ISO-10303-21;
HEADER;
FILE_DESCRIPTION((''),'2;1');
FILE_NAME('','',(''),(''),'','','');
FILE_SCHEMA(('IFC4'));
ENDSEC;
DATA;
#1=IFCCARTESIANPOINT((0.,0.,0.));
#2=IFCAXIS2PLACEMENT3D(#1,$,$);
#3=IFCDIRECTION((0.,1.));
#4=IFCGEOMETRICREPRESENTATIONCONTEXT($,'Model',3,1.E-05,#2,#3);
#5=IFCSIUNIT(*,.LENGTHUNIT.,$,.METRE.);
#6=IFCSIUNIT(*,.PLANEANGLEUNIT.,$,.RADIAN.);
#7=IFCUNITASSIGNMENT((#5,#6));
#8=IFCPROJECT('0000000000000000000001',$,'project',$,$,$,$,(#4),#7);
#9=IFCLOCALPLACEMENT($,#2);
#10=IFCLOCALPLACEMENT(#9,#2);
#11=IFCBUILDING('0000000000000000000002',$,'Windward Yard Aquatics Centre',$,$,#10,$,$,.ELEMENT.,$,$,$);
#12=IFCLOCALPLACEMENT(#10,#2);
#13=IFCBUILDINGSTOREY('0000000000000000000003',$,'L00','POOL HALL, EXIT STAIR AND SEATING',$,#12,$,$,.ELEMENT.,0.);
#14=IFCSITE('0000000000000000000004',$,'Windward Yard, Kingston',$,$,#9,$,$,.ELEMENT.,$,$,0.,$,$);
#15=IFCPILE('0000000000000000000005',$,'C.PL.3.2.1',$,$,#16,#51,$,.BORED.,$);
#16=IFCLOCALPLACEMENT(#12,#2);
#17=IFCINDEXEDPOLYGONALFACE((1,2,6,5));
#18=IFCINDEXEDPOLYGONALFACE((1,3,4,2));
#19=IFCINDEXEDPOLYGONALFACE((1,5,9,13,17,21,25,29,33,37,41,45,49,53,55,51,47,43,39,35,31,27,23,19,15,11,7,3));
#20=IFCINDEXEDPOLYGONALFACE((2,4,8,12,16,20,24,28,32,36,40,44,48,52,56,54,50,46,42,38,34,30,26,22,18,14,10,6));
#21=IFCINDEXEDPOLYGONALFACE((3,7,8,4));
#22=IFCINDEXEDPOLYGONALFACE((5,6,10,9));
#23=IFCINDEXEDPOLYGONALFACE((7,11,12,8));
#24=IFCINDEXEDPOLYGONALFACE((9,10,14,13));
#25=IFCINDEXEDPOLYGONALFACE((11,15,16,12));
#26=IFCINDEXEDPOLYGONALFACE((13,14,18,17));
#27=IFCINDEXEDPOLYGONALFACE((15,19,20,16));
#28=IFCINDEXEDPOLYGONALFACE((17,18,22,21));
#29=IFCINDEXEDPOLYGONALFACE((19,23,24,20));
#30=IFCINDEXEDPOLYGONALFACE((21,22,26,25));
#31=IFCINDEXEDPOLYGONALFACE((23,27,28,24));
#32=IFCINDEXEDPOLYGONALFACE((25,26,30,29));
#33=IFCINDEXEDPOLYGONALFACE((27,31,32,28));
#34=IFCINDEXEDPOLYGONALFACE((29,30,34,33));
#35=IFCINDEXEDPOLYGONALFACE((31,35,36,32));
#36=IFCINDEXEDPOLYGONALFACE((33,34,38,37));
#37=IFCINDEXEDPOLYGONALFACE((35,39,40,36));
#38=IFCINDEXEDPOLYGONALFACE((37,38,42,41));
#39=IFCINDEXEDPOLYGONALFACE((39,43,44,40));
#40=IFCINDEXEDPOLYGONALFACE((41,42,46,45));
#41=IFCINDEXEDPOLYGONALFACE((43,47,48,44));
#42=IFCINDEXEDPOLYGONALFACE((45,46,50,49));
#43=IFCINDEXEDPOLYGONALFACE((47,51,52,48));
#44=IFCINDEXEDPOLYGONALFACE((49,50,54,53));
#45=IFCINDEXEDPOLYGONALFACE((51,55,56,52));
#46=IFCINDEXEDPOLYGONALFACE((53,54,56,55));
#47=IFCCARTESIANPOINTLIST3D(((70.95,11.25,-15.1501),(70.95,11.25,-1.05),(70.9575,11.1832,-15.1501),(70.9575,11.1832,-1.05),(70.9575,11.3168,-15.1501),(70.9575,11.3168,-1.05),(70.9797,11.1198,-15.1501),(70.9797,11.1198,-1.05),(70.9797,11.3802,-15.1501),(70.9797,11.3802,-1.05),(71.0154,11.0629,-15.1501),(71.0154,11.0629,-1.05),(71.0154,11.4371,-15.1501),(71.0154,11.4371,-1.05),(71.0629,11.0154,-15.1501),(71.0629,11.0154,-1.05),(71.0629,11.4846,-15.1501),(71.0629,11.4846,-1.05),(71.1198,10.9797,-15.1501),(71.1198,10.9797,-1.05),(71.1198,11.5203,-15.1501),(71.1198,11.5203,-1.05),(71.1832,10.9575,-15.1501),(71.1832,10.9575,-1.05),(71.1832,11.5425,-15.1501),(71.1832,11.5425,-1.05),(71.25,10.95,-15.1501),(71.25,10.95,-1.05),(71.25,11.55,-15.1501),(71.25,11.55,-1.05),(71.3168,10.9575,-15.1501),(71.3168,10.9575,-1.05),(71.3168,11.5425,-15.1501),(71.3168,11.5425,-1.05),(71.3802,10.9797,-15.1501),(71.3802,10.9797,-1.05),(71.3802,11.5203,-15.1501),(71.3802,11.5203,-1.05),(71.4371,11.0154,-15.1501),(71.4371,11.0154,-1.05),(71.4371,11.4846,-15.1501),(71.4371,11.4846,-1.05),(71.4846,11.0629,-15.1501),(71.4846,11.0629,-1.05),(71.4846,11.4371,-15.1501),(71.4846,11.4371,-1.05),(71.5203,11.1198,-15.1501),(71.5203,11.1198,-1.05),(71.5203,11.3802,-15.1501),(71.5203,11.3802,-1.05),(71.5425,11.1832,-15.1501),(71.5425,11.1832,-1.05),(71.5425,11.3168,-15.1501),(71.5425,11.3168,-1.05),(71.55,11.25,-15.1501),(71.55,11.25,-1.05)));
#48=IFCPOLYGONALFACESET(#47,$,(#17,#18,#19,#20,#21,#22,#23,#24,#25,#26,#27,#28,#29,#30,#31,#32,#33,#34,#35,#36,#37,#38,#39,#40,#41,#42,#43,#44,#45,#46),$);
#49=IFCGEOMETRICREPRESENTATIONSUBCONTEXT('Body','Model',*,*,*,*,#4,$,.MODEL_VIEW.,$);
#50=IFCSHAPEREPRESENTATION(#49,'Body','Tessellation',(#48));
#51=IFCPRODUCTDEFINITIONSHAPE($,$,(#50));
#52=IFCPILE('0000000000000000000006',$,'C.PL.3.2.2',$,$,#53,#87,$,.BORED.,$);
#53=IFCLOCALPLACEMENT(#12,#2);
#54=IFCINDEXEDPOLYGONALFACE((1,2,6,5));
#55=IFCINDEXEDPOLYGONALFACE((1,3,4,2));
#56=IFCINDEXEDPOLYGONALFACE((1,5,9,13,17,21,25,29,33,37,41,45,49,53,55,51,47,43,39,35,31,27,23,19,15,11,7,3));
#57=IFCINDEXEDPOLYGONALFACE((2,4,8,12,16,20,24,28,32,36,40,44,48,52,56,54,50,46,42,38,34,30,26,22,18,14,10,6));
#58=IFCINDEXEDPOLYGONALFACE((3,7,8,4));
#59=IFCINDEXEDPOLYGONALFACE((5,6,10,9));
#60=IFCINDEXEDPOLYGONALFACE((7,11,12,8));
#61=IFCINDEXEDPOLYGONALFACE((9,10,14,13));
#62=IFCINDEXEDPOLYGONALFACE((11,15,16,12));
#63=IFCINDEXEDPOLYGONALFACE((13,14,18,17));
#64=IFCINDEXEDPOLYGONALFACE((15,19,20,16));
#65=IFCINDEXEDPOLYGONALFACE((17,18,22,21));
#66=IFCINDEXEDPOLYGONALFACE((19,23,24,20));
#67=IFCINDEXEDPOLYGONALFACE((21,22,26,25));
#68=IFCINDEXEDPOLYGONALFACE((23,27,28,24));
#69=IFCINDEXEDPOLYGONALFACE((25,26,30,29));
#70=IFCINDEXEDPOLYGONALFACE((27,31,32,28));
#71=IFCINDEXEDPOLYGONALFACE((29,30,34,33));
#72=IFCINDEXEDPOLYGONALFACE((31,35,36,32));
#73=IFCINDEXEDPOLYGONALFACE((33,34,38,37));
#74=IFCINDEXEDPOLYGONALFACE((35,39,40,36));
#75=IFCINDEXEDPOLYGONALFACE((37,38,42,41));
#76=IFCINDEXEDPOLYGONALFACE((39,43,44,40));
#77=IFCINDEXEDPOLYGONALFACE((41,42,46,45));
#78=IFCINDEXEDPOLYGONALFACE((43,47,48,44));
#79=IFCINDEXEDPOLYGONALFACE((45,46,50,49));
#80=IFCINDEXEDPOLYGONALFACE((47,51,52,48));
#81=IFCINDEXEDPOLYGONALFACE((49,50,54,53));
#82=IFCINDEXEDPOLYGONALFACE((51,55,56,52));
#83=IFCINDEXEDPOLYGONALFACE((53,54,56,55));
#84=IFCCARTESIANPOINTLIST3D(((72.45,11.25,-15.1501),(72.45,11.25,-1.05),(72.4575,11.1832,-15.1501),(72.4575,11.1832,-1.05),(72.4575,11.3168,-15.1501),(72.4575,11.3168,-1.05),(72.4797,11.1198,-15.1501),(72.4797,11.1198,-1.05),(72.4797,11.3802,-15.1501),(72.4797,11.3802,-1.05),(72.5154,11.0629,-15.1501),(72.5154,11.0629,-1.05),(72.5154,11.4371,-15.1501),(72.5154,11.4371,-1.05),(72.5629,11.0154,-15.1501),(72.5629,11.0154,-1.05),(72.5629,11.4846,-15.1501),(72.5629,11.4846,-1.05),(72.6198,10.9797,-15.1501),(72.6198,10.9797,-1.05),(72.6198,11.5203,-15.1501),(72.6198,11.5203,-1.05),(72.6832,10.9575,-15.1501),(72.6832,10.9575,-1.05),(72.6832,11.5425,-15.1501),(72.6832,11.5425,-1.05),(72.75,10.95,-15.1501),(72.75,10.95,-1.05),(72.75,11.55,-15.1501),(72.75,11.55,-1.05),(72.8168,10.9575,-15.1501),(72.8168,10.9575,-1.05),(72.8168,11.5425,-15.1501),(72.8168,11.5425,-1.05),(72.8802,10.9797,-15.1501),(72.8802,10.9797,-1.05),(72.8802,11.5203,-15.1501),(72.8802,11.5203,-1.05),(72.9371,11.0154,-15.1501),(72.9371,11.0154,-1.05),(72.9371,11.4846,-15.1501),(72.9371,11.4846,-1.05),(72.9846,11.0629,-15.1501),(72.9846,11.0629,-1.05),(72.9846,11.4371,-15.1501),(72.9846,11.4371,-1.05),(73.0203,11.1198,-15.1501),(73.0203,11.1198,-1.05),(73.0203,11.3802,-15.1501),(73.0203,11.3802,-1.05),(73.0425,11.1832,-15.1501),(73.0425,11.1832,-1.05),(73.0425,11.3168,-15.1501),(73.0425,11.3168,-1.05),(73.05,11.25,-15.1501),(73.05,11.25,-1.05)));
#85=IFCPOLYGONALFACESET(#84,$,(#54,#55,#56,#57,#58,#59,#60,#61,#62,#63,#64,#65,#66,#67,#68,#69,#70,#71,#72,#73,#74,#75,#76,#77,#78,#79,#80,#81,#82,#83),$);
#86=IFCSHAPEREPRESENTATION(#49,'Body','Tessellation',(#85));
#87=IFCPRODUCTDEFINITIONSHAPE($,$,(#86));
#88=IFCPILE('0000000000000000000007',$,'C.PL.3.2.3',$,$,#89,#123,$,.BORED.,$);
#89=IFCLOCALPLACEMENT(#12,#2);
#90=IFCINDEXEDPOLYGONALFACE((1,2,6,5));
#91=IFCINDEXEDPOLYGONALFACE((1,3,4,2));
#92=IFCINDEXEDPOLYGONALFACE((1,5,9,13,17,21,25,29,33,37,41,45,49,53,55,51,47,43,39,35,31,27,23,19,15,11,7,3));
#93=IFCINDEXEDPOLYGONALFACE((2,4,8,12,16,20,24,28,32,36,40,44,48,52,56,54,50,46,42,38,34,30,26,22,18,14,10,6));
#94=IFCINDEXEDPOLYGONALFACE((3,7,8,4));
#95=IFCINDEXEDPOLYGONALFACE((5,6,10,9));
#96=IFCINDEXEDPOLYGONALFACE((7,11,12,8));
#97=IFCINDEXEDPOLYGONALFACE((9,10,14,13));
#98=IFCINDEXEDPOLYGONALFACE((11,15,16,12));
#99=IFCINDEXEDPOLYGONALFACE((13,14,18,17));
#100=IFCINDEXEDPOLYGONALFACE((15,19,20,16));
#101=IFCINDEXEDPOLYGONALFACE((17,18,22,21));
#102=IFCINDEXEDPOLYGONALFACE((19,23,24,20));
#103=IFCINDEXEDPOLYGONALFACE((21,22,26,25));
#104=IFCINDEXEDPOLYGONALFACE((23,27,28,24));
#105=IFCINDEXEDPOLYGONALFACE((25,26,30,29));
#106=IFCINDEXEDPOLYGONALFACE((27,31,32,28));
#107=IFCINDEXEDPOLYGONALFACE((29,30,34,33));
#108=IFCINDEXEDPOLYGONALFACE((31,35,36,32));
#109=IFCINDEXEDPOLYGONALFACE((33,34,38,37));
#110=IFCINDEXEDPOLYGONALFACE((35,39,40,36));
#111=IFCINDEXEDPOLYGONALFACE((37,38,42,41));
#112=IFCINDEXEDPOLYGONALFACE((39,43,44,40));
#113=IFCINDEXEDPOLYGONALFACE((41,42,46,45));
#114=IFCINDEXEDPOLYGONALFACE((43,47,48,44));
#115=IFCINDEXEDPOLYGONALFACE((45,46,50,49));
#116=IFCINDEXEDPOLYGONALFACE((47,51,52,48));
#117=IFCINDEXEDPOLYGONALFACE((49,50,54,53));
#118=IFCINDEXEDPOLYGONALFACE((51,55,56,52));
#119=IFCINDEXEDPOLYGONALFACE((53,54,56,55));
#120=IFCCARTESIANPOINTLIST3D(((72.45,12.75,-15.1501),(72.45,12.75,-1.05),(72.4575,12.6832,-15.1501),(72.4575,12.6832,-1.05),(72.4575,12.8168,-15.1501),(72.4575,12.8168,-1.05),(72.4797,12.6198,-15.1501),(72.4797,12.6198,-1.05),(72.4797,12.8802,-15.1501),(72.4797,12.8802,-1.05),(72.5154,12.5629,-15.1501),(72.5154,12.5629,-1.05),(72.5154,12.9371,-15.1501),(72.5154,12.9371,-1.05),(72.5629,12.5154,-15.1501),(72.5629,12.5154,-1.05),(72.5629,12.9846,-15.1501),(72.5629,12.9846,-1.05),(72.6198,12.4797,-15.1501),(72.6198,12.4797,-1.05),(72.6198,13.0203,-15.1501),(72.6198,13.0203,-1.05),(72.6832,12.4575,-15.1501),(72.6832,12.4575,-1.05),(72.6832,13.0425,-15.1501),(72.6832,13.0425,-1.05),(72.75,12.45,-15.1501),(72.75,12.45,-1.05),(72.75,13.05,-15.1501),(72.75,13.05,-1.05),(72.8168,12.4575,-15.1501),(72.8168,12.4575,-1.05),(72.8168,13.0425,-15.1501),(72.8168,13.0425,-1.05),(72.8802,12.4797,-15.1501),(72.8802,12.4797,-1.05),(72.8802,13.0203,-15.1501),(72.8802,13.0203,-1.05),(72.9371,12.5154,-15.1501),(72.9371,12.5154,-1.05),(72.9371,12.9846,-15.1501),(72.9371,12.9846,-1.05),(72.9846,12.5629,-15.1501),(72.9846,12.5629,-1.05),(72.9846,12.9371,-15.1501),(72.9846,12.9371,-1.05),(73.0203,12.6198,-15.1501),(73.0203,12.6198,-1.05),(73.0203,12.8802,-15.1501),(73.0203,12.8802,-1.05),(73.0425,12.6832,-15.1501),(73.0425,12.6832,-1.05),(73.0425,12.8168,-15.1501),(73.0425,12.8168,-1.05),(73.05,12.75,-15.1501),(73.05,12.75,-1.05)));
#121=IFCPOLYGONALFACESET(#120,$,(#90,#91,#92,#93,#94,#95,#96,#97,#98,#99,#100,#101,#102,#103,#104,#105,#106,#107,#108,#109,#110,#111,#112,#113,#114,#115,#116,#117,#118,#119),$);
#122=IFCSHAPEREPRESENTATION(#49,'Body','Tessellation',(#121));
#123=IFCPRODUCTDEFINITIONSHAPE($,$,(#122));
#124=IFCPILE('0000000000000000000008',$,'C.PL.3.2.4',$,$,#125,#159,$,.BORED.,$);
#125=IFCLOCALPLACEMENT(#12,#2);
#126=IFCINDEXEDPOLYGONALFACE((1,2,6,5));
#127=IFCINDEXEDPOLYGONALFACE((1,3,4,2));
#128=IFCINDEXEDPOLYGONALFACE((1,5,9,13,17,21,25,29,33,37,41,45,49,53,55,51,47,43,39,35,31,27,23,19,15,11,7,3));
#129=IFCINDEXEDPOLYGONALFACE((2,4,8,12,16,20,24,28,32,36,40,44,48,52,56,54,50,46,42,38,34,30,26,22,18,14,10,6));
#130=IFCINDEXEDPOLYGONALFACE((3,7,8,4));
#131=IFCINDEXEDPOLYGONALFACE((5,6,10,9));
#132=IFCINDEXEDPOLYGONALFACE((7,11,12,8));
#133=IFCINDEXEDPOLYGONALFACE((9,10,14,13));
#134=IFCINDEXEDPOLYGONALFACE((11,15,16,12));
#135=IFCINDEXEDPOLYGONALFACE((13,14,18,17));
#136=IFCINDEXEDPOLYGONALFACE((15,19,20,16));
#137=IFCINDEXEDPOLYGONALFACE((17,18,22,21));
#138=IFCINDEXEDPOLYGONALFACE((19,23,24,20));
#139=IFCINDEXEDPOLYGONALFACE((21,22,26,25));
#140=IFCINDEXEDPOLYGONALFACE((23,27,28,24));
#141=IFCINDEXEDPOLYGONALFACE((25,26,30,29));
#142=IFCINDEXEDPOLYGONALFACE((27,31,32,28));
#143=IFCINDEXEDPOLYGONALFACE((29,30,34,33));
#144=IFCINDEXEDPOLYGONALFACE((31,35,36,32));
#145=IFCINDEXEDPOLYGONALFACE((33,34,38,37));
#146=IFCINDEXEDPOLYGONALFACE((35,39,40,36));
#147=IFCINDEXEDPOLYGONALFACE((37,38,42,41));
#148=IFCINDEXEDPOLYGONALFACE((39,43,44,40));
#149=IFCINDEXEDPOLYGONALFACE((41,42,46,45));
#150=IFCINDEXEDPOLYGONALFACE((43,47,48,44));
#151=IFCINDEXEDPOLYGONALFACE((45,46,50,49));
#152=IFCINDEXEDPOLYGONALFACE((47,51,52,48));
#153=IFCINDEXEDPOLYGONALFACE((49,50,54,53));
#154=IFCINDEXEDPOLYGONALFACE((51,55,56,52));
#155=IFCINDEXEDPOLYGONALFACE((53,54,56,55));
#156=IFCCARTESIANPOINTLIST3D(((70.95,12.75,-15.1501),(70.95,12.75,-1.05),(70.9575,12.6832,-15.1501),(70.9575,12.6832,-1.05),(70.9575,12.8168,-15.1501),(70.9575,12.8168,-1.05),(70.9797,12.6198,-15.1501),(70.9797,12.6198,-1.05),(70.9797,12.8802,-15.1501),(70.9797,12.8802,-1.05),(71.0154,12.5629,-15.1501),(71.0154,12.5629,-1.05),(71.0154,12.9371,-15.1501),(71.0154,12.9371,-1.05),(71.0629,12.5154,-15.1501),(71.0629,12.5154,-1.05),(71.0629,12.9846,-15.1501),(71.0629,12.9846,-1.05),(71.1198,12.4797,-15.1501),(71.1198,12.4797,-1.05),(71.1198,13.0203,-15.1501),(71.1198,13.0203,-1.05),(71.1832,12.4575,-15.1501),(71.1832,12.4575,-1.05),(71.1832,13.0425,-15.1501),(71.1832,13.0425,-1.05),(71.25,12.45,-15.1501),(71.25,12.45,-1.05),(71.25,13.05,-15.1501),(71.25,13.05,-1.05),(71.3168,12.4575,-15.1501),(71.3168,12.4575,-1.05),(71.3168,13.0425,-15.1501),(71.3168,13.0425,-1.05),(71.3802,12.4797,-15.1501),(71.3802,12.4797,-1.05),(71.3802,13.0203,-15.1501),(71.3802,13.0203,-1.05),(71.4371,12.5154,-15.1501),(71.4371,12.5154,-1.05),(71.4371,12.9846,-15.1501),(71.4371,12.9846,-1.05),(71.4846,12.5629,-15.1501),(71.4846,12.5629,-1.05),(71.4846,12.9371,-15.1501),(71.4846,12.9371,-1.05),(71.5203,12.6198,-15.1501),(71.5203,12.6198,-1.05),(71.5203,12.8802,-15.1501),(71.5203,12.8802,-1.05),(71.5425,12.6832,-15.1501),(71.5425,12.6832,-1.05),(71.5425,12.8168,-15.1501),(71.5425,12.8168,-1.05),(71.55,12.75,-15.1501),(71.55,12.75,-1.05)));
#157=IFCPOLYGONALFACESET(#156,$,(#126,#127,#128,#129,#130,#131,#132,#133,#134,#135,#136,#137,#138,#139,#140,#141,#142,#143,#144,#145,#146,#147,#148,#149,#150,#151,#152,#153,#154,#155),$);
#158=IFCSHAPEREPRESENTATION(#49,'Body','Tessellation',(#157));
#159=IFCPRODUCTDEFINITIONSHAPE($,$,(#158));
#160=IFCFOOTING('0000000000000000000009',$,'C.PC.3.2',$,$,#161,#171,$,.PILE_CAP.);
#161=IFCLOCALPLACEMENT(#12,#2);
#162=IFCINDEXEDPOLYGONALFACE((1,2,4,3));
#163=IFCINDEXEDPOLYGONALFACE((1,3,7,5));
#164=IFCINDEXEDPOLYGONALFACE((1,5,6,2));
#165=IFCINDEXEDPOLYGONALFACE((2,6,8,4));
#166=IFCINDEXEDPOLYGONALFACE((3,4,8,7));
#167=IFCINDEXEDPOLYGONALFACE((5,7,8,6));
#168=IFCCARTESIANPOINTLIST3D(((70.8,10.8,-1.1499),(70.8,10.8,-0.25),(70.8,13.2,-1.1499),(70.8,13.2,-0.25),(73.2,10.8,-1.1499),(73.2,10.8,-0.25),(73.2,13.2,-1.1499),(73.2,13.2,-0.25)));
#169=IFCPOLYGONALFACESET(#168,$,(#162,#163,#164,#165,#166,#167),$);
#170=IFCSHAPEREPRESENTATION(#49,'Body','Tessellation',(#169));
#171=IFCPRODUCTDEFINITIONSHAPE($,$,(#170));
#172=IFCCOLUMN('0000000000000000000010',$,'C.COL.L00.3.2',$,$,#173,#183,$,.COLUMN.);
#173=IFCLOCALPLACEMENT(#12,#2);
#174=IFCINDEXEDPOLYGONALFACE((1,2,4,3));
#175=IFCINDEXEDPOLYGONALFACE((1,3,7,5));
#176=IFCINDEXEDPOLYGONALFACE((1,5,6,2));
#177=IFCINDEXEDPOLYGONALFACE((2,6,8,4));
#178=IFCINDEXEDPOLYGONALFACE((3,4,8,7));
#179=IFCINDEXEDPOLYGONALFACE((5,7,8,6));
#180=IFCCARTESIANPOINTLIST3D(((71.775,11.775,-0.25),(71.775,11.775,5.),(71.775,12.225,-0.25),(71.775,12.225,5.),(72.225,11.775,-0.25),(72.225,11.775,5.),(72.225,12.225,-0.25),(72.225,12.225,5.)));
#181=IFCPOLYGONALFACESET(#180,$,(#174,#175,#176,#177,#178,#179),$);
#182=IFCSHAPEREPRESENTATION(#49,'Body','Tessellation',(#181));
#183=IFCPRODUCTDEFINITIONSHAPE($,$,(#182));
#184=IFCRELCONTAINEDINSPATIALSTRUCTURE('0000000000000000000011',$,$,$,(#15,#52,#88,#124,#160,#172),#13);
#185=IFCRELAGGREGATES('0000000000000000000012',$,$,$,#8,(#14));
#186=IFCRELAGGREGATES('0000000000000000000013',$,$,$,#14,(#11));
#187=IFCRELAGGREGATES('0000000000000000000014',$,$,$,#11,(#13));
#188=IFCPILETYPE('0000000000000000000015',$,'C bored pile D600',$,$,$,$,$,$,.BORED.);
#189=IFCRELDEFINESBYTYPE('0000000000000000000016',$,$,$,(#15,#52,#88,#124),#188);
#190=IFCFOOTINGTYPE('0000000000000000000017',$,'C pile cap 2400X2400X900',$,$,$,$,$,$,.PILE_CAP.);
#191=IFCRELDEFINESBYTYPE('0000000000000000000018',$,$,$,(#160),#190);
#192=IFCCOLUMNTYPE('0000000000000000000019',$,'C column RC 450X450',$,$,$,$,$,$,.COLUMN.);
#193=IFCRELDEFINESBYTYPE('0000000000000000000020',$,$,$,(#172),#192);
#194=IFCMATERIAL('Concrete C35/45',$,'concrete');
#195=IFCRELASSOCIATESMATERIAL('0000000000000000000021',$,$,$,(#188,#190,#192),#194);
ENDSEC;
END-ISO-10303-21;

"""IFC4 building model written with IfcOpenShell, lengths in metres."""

from ifc_helpers import new_model, si_unit, direction, frame, origin, origin_2d, place, context, subcontext, project, spatial, rectangle, circle, extrude, material, material_profile, profile_set, type_object, element, save


model = new_model("IFC4")

# Units and contexts
model_context = context("Model", 3, precision=1e-05, world=origin(), true_north=direction((0.0, 1.0)))
body_context = subcontext(model_context, "Body", "Model", "MODEL_VIEW")
ifc_project = project(units=[si_unit("LENGTHUNIT", "METRE"), si_unit("PLANEANGLEUNIT", "RADIAN")], contexts=[model_context])

# Site, building, storey
site_placement = place(None, origin())
site = spatial("IfcSite", under=ifc_project, at=site_placement, Name="Windward Yard, Kingston", CompositionType="ELEMENT", RefElevation=0.0)
building_placement = place(site_placement, origin())
building = spatial("IfcBuilding", under=site, at=building_placement, Name="Windward Yard Aquatics Centre", CompositionType="ELEMENT")
storey_placement = place(building_placement, origin())
storey = spatial("IfcBuildingStorey", under=building, at=storey_placement, Name="L00", Description="POOL HALL, EXIT STAIR AND SEATING", CompositionType="ELEMENT", Elevation=0.0)

# Piles
ifc_material_1 = material(Name="Concrete C35/45", Category="concrete")
ifc_material_profile_1 = material_profile(ifc_material_1, circle(Radius=0.3, at=origin_2d()), Name="RC D600")
ifc_profile_set_1 = profile_set([ifc_material_profile_1], Name="Concrete C35/45")
pile_type = type_object("IfcPileType", Name="C bored pile D600", PredefinedType="BORED", material=ifc_profile_set_1)
for number, where, z_axis, x_axis, name in (
    (1, (71.25, 11.25, -1.05), (0.0, 0.0, -1.0), (1.0, 0.0, 0.0), "C.PL.3.2.1"),
    (2, (72.75, 11.25, -1.05), (0.0, 0.0, -1.0), (1.0, 0.0, 0.0), "C.PL.3.2.2"),
    (3, (72.75, 12.75, -1.05), (0.0, 0.0, -1.0), (1.0, 0.0, 0.0), "C.PL.3.2.3"),
    (4, (71.25, 12.75, -1.05), (0.0, 0.0, -1.0), (1.0, 0.0, 0.0), "C.PL.3.2.4"),
):
    element("IfcPile", number, at=place(storey_placement, frame(where, z_axis=z_axis, x_axis=x_axis)), inside=storey, type_object=pile_type, Name=name, PredefinedType="BORED", context=body_context, shape_type="SweptSolid", body=[
        extrude(circle(Radius=0.3, at=origin_2d()), origin(), (0.0, 0.0, 1.0), 14.1001),
    ])

# Footing
footing_type = type_object("IfcFootingType", Name="C pile cap 2400X2400X900", PredefinedType="PILE_CAP", material=ifc_material_1)
footing_placement = place(storey_placement, frame((72.0, 12.0, -1.1499), z_axis=(0.0, 0.0, 1.0), x_axis=(1.0, 0.0, 0.0)))
element("IfcFooting", 5, at=footing_placement, inside=storey, type_object=footing_type, Name="C.PC.3.2", PredefinedType="PILE_CAP", context=body_context, shape_type="SweptSolid", body=[
    extrude(rectangle(XDim=2.3999, YDim=2.3999, at=origin_2d()), origin(), (0.0, 0.0, 1.0), 0.8999),
])

# Column
ifc_material_profile_2 = material_profile(ifc_material_1, rectangle(XDim=0.45, YDim=0.45, at=origin_2d()), Name="RC 450X450")
ifc_profile_set_2 = profile_set([ifc_material_profile_2], Name="Concrete C35/45")
column_type = type_object("IfcColumnType", Name="C column RC 450X450", PredefinedType="COLUMN", material=ifc_profile_set_2)
column_placement = place(storey_placement, frame((72.0, 12.0, -0.25), z_axis=(0.0, 0.0, 1.0), x_axis=(1.0, 0.0, 0.0)))
element("IfcColumn", 6, at=column_placement, inside=storey, type_object=column_type, Name="C.COL.L00.3.2", PredefinedType="COLUMN", context=body_context, shape_type="SweptSolid", body=[
    extrude(rectangle(XDim=0.45, YDim=0.45, at=origin_2d()), origin(), (0.0, 0.0, 1.0), 5.25),
])

save(model, "model.ifc")
